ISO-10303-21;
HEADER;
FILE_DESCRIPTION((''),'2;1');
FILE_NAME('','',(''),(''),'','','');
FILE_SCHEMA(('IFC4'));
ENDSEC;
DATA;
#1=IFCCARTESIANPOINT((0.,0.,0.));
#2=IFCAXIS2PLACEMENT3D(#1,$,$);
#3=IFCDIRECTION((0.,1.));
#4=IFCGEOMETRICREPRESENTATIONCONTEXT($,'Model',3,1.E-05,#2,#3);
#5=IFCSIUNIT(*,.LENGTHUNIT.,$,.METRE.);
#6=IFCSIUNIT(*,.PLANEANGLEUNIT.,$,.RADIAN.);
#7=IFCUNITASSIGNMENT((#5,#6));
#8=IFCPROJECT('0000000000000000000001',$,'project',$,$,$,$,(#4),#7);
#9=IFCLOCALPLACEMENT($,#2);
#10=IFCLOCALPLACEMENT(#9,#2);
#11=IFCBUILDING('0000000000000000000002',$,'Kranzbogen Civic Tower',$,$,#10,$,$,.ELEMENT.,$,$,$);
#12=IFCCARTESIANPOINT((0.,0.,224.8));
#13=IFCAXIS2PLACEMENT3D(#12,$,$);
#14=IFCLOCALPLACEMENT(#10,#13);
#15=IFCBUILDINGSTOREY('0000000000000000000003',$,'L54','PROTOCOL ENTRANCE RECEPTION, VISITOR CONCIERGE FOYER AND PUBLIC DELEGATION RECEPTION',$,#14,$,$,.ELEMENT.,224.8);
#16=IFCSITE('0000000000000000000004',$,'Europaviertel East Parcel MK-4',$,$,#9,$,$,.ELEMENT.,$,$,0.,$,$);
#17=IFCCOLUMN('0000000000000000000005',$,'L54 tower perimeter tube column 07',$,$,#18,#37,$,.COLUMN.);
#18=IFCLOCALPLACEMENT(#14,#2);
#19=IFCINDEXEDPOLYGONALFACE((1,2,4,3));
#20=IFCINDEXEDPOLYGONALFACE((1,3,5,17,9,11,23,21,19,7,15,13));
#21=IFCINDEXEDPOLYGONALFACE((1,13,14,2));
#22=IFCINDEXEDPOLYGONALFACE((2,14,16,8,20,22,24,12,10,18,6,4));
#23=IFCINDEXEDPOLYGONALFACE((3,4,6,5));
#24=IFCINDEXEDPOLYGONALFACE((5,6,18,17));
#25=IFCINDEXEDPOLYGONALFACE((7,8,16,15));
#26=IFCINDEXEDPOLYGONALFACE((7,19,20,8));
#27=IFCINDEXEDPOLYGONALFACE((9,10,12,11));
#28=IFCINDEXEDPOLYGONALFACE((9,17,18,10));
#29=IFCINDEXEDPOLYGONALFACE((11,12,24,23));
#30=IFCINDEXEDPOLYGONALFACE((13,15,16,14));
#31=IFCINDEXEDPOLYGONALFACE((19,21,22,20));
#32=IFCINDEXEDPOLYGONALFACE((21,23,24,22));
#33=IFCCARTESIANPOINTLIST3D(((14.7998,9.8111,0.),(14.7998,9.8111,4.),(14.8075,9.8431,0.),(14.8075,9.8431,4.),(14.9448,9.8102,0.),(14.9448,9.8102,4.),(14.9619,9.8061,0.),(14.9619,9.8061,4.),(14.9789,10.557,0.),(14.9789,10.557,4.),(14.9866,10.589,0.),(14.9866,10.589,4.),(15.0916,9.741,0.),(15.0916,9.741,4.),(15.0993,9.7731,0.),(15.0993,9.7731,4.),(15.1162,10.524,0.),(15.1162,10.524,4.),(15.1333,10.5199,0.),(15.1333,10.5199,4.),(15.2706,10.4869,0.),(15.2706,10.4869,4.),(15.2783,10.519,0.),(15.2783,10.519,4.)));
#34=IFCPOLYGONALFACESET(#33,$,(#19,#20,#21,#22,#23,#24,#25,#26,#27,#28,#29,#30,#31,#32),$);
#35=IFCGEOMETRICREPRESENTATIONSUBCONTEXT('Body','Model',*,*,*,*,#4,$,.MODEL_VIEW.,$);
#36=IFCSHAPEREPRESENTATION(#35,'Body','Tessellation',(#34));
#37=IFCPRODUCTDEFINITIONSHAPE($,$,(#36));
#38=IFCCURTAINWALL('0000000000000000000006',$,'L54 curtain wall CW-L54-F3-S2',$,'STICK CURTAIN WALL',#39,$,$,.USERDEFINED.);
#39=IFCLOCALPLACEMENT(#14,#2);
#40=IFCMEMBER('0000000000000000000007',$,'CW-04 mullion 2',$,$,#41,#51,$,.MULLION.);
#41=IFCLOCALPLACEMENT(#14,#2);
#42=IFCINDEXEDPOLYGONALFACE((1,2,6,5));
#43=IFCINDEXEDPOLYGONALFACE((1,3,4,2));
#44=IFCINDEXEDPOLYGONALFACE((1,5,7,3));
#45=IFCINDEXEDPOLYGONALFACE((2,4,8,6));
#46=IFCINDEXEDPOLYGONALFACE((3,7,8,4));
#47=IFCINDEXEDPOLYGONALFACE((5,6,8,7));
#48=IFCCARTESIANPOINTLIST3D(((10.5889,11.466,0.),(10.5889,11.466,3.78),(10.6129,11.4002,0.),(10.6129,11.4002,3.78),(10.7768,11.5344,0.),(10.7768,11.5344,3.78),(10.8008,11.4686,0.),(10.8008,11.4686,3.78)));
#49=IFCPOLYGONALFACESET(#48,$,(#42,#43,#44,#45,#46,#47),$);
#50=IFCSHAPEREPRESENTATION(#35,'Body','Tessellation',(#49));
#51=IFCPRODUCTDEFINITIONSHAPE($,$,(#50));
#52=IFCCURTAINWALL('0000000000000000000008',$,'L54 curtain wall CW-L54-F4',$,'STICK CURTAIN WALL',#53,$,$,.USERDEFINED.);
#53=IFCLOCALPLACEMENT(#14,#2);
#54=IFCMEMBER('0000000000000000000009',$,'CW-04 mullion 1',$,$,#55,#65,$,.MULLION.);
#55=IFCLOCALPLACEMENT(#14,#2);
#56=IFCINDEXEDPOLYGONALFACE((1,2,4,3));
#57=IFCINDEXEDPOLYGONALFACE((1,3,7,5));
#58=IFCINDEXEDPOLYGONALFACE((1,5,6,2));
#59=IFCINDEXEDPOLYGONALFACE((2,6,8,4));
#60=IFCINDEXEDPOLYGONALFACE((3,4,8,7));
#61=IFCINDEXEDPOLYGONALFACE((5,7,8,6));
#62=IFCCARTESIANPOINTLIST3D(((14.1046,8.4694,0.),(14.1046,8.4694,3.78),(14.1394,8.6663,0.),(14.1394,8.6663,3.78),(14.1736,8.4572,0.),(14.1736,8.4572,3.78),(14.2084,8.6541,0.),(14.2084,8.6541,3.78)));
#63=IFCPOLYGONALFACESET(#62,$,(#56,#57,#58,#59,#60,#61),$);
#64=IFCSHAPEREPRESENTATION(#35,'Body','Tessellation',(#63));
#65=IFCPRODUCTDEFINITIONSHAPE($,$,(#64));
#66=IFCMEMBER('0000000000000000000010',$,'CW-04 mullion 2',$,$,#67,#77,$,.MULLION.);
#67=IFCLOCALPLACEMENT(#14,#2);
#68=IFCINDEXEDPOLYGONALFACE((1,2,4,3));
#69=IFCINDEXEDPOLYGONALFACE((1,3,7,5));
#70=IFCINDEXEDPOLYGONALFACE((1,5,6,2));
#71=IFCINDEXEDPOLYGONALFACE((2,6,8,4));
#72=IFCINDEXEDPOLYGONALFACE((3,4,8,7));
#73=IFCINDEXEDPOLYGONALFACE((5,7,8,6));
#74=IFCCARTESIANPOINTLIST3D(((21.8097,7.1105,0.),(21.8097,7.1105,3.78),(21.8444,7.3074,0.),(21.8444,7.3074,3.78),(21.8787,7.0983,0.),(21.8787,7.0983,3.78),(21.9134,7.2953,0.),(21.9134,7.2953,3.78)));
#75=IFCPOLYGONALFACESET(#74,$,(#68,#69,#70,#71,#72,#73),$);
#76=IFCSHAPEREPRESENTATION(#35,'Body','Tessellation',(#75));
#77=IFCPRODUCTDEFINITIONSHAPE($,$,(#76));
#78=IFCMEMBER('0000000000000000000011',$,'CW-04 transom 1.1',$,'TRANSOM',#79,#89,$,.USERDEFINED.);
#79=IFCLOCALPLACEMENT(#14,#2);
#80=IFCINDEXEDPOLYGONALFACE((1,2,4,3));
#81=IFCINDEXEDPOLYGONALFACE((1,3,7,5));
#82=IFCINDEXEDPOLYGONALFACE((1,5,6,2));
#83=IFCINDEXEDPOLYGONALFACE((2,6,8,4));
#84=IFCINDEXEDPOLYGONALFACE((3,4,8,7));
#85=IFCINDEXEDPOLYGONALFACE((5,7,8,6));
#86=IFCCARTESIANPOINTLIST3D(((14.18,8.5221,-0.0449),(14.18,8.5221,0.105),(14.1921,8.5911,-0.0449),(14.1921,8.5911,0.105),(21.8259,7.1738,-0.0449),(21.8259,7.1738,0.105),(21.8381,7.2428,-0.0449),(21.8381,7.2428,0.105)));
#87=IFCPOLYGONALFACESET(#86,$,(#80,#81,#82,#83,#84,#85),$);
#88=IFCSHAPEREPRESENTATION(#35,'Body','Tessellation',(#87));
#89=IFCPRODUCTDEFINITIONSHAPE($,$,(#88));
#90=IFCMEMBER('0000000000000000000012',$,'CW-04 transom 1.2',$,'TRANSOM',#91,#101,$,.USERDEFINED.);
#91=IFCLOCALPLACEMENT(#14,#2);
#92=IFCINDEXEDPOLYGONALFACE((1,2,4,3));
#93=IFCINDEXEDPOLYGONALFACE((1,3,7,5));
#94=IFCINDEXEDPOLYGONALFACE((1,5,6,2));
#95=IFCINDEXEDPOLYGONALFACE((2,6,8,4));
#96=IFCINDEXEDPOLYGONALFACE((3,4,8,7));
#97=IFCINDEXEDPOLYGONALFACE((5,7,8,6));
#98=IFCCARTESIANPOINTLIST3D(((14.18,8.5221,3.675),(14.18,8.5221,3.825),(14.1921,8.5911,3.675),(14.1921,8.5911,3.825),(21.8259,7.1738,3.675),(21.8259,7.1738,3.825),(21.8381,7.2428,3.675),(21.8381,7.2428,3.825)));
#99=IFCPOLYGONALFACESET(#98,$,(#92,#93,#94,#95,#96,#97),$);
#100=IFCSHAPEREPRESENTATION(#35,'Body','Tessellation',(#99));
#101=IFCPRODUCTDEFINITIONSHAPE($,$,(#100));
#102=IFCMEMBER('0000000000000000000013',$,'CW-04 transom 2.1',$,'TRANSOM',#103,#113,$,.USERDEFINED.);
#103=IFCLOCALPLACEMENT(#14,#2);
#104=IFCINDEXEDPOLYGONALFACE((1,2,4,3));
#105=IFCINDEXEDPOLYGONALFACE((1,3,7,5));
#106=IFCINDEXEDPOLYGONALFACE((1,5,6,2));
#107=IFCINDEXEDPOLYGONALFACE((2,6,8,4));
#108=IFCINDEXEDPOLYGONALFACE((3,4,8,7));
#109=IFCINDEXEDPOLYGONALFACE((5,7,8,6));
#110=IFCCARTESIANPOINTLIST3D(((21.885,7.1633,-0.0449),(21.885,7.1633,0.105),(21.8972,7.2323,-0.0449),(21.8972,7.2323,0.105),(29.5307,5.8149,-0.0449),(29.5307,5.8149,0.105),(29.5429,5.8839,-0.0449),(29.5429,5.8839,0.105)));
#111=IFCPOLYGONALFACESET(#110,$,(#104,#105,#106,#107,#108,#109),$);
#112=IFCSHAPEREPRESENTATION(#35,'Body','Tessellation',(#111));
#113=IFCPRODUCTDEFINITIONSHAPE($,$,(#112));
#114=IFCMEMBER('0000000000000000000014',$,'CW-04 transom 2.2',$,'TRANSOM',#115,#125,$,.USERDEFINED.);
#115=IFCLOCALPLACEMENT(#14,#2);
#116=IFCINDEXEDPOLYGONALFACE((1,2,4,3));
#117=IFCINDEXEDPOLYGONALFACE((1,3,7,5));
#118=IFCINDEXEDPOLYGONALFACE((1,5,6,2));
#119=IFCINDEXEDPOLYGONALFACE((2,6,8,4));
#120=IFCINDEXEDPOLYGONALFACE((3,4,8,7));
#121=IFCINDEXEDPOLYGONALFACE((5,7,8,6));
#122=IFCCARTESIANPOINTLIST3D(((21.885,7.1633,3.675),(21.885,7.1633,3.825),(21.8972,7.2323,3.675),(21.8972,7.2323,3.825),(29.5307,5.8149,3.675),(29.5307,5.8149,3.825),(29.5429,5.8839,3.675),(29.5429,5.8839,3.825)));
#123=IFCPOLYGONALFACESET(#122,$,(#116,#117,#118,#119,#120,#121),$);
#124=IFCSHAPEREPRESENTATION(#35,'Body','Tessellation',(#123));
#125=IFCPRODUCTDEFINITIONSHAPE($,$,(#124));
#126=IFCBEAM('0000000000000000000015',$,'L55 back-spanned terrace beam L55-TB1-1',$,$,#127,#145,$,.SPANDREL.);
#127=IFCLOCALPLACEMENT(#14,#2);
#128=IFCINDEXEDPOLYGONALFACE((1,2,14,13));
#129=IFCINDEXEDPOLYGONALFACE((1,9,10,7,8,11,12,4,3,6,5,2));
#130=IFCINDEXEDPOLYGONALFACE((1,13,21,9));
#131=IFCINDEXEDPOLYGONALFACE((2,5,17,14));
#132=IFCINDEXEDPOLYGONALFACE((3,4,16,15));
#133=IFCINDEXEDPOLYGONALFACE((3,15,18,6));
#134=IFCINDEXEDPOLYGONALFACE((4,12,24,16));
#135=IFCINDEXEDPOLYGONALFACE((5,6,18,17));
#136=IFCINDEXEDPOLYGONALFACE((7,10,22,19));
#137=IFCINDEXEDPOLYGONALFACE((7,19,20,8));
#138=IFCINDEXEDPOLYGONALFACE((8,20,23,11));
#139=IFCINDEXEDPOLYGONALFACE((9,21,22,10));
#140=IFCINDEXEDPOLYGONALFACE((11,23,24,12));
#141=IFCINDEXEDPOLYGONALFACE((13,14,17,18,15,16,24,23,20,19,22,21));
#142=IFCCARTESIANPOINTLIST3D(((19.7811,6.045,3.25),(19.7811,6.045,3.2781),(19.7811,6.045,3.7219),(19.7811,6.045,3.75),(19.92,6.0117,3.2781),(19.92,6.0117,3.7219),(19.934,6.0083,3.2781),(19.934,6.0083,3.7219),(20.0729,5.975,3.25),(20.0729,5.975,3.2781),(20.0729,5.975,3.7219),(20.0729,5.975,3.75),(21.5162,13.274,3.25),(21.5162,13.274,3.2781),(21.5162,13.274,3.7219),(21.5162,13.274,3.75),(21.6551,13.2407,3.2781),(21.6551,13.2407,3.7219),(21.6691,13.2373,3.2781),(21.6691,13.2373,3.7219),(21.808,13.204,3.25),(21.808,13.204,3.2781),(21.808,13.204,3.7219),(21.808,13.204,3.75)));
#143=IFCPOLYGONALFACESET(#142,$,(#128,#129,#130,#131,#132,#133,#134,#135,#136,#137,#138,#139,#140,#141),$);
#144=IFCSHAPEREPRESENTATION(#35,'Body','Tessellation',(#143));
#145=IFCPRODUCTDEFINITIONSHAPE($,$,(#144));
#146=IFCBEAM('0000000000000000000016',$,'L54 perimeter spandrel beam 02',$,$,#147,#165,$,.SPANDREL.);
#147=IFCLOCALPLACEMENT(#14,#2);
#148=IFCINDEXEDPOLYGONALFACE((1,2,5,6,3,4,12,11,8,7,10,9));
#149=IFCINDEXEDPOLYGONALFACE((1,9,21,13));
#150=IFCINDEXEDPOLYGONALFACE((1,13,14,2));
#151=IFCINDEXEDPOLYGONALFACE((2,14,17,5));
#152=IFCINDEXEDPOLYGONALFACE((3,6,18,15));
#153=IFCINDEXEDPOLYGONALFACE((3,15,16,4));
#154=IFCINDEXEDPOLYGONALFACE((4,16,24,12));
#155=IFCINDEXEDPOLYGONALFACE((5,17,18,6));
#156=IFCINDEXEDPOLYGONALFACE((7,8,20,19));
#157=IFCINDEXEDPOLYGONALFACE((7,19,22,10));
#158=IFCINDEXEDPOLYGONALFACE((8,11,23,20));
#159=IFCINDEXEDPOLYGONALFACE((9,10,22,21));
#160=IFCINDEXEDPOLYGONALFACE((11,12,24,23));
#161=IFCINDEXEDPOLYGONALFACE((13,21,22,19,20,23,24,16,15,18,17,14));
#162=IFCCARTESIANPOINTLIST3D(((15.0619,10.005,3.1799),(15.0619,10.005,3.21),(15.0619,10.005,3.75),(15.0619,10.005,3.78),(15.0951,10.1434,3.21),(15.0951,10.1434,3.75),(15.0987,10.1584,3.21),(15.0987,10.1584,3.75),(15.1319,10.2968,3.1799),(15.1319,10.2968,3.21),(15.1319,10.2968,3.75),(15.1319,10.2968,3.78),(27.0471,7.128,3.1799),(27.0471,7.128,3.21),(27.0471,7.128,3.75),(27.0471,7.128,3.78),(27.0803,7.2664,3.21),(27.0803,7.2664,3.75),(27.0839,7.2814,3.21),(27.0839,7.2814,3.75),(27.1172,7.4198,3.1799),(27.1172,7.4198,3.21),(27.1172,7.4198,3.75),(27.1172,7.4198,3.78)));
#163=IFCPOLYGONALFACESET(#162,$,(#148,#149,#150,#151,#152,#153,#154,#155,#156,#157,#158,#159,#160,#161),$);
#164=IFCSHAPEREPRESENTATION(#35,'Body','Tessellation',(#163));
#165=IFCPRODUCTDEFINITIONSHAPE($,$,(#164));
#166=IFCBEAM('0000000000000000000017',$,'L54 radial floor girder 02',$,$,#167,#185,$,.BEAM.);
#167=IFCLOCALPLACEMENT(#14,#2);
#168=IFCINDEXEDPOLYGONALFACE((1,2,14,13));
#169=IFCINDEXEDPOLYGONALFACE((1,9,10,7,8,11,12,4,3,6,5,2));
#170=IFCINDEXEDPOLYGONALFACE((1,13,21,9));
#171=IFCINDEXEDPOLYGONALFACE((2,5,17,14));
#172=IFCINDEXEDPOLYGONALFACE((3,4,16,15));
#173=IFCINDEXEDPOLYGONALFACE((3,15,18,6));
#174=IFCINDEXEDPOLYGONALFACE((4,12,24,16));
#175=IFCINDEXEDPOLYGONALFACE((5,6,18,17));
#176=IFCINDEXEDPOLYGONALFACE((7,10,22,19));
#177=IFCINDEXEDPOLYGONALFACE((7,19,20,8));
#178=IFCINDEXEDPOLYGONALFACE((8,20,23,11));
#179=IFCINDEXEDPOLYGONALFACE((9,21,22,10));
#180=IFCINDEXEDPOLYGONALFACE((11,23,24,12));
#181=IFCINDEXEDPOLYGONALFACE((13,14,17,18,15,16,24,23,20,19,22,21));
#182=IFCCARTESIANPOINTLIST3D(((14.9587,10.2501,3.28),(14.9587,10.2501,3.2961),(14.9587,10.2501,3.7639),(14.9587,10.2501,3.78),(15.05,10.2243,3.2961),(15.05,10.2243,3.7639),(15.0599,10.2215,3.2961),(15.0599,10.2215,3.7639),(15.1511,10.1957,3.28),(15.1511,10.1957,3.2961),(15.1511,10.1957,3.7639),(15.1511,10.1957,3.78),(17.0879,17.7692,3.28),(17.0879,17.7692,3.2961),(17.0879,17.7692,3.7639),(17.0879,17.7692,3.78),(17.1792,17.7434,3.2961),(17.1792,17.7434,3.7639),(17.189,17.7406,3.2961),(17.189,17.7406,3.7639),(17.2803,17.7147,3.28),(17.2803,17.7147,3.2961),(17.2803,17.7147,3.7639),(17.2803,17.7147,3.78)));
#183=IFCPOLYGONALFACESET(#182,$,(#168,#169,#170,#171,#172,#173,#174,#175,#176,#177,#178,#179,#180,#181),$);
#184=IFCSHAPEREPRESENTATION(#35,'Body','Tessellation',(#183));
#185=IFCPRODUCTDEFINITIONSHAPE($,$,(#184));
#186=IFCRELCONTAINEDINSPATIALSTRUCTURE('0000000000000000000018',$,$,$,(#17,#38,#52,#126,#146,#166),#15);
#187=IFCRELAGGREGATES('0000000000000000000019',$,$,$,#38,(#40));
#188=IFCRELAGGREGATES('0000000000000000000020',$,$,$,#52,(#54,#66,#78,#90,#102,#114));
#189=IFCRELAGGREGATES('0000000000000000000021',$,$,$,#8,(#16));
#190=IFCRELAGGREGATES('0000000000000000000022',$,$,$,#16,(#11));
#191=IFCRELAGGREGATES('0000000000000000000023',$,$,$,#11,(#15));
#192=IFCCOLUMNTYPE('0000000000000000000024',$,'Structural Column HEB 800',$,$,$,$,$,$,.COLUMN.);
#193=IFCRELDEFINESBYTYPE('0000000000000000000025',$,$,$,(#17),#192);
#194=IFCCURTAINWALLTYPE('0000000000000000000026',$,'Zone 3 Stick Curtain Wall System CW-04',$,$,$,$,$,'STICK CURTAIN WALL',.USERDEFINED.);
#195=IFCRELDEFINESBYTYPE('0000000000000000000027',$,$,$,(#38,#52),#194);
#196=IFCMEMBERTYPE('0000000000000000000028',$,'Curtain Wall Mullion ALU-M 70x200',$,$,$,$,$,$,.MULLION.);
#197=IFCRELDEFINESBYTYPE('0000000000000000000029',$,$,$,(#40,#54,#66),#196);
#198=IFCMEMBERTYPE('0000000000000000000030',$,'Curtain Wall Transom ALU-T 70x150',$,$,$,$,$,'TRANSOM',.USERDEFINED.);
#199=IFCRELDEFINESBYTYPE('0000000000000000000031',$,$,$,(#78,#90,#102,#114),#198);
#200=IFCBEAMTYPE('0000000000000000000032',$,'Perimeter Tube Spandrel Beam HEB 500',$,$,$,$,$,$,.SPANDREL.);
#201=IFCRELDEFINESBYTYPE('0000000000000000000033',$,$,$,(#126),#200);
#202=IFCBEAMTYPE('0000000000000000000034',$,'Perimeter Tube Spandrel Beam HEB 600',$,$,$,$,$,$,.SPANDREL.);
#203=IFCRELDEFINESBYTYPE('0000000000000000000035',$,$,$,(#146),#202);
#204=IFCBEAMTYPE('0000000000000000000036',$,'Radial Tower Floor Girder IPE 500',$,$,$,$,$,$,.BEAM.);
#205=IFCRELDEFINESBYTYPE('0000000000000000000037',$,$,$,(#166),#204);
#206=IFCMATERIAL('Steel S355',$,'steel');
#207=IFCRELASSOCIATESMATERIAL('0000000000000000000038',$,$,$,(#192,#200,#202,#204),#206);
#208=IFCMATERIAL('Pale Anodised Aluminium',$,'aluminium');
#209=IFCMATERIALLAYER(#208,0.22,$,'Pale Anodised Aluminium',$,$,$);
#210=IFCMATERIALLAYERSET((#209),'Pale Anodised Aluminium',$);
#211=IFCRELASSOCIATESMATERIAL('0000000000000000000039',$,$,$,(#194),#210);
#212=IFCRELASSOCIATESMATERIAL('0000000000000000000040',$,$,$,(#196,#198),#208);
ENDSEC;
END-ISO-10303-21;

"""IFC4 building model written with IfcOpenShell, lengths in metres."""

from ifc_helpers import new_model, si_unit, direction, frame, origin, origin_2d, place, context, subcontext, project, spatial, rectangle, i_section, extrude, material, layer, layer_set, material_profile, profile_set, type_object, element, aggregate, save


model = new_model("IFC4")

# Units and contexts
model_context = context("Model", 3, precision=1e-05, world=origin(), true_north=direction((0.0, 1.0)))
body_context = subcontext(model_context, "Body", "Model", "MODEL_VIEW")
ifc_project = project(units=[si_unit("LENGTHUNIT", "METRE"), si_unit("PLANEANGLEUNIT", "RADIAN")], contexts=[model_context])

# Site, building, storey
site_placement = place(None, origin())
site = spatial("IfcSite", under=ifc_project, at=site_placement, Name="Europaviertel East Parcel MK-4", CompositionType="ELEMENT", RefElevation=0.0)
building_placement = place(site_placement, origin())
building = spatial("IfcBuilding", under=site, at=building_placement, Name="Kranzbogen Civic Tower", CompositionType="ELEMENT")
storey_placement = place(building_placement, frame((0.0, 0.0, 224.8)))
storey = spatial("IfcBuildingStorey", under=building, at=storey_placement, Name="L54", Description="PROTOCOL ENTRANCE RECEPTION, VISITOR CONCIERGE FOYER AND PUBLIC DELEGATION RECEPTION", CompositionType="ELEMENT", Elevation=224.8)

# Column
ifc_material_1 = material(Name="Steel S355", Category="steel")
ifc_material_profile_1 = material_profile(ifc_material_1, i_section(OverallWidth=0.3, OverallDepth=0.8, WebThickness=0.0176, FlangeThickness=0.033, at=origin_2d()), Name="HEB 800")
ifc_profile_set_1 = profile_set([ifc_material_profile_1], Name="Steel S355")
column_type = type_object("IfcColumnType", Name="Structural Column HEB 800", PredefinedType="COLUMN", material=ifc_profile_set_1)
column_placement = place(storey_placement, frame((15.0391, 10.165, 0.0), z_axis=(0.0, 0.0, 1.0), x_axis=(-0.97237, 0.233445, 0.0)))
element("IfcColumn", 1, at=column_placement, inside=storey, type_object=column_type, Name="L54 tower perimeter tube column 07", PredefinedType="COLUMN", context=body_context, shape_type="SweptSolid", body=[
    extrude(i_section(OverallWidth=0.3, OverallDepth=0.8, WebThickness=0.0176, FlangeThickness=0.033, at=origin_2d()), origin(), (0.0, 0.0, 1.0), 4.0),
])

# Curtain wall, member
ifc_material_2 = material(Name="Pale Anodised Aluminium", Category="aluminium")
ifc_layer_1 = layer(ifc_material_2, 0.22, Name="Pale Anodised Aluminium")
ifc_layer_set_1 = layer_set([ifc_layer_1], Name="Pale Anodised Aluminium")
curtain_wall_type = type_object("IfcCurtainWallType", Name="Zone 3 Stick Curtain Wall System CW-04", ElementType="STICK CURTAIN WALL", PredefinedType="USERDEFINED", material=ifc_layer_set_1)
curtain_wall_1_placement = place(storey_placement, origin())
curtain_wall_1 = element("IfcCurtainWall", 2, at=curtain_wall_1_placement, inside=storey, type_object=curtain_wall_type, Name="L54 curtain wall CW-L54-F3-S2", ObjectType="STICK CURTAIN WALL", PredefinedType="USERDEFINED")
ifc_material_profile_2 = material_profile(ifc_material_2, rectangle(XDim=0.0701, YDim=0.2, at=origin_2d()), Name="ALU-M 70x200")
ifc_profile_set_2 = profile_set([ifc_material_profile_2], Name="Pale Anodised Aluminium")
member_type_1 = type_object("IfcMemberType", Name="Curtain Wall Mullion ALU-M 70x200", PredefinedType="MULLION", material=ifc_profile_set_2)
member_1_placement = place(storey_placement, frame((10.6948, 11.4673, 0.0), z_axis=(0.0, 0.0, 1.0), x_axis=(0.342081, -0.93967, 0.0)))
member_1 = element("IfcMember", 3, at=member_1_placement, type_object=member_type_1, Name="CW-04 mullion 2", PredefinedType="MULLION", context=body_context, shape_type="SweptSolid", body=[
    extrude(rectangle(XDim=0.0701, YDim=0.2, at=origin_2d()), origin(), (0.0, 0.0, 1.0), 3.78),
])
aggregate(curtain_wall_1, [member_1])

# Curtain wall, members
curtain_wall_2_placement = place(storey_placement, origin())
curtain_wall_2 = element("IfcCurtainWall", 4, at=curtain_wall_2_placement, inside=storey, type_object=curtain_wall_type, Name="L54 curtain wall CW-L54-F4", ObjectType="STICK CURTAIN WALL", PredefinedType="USERDEFINED")
member_2_placement = place(storey_placement, frame((14.1565, 8.5618, 0.0), z_axis=(0.0, 0.0, 1.0), x_axis=(0.984803, -0.173673, 0.0)))
member_2 = element("IfcMember", 5, at=member_2_placement, type_object=member_type_1, Name="CW-04 mullion 1", PredefinedType="MULLION", context=body_context, shape_type="SweptSolid", body=[
    extrude(rectangle(XDim=0.0701, YDim=0.2, at=origin_2d()), origin(), (0.0, 0.0, 1.0), 3.78),
])
member_3_placement = place(storey_placement, frame((21.8616, 7.2029, 0.0), z_axis=(0.0, 0.0, 1.0), x_axis=(0.984803, -0.173673, 0.0)))
member_3 = element("IfcMember", 6, at=member_3_placement, type_object=member_type_1, Name="CW-04 mullion 2", PredefinedType="MULLION", context=body_context, shape_type="SweptSolid", body=[
    extrude(rectangle(XDim=0.0701, YDim=0.2, at=origin_2d()), origin(), (0.0, 0.0, 1.0), 3.78),
])
ifc_material_profile_3 = material_profile(ifc_material_2, rectangle(XDim=0.0701, YDim=0.1499, at=origin_2d()), Name="ALU-T 70x150")
ifc_profile_set_3 = profile_set([ifc_material_profile_3], Name="Pale Anodised Aluminium")
member_type_2 = type_object("IfcMemberType", Name="Curtain Wall Transom ALU-T 70x150", ElementType="TRANSOM", PredefinedType="USERDEFINED", material=ifc_profile_set_3)
member_4_placement = place(storey_placement, frame((14.186, 8.5566, 0.03), z_axis=(0.984803, -0.173672, 0.0), x_axis=(0.173672, 0.984803, 0.0)))
member_4 = element("IfcMember", 7, at=member_4_placement, type_object=member_type_2, Name="CW-04 transom 1.1", ObjectType="TRANSOM", PredefinedType="USERDEFINED", context=body_context, shape_type="SweptSolid", body=[
    extrude(rectangle(XDim=0.0701, YDim=0.1499, at=origin_2d()), origin(), (0.0, 0.0, 1.0), 7.7639),
])
member_5_placement = place(storey_placement, frame((14.186, 8.5566, 3.75), z_axis=(0.984803, -0.173672, 0.0), x_axis=(0.173672, 0.984803, 0.0)))
member_5 = element("IfcMember", 8, at=member_5_placement, type_object=member_type_2, Name="CW-04 transom 1.2", ObjectType="TRANSOM", PredefinedType="USERDEFINED", context=body_context, shape_type="SweptSolid", body=[
    extrude(rectangle(XDim=0.0701, YDim=0.1499, at=origin_2d()), origin(), (0.0, 0.0, 1.0), 7.7639),
])
member_6_placement = place(storey_placement, frame((21.8911, 7.1978, 0.03), z_axis=(0.984803, -0.173678, 0.0), x_axis=(0.173678, 0.984803, 0.0)))
member_6 = element("IfcMember", 9, at=member_6_placement, type_object=member_type_2, Name="CW-04 transom 2.1", ObjectType="TRANSOM", PredefinedType="USERDEFINED", context=body_context, shape_type="SweptSolid", body=[
    extrude(rectangle(XDim=0.0701, YDim=0.1499, at=origin_2d()), origin(), (0.0, 0.0, 1.0), 7.7637),
])
member_7_placement = place(storey_placement, frame((21.8911, 7.1978, 3.75), z_axis=(0.984803, -0.173678, 0.0), x_axis=(0.173678, 0.984803, 0.0)))
member_7 = element("IfcMember", 10, at=member_7_placement, type_object=member_type_2, Name="CW-04 transom 2.2", ObjectType="TRANSOM", PredefinedType="USERDEFINED", context=body_context, shape_type="SweptSolid", body=[
    extrude(rectangle(XDim=0.0701, YDim=0.1499, at=origin_2d()), origin(), (0.0, 0.0, 1.0), 7.7637),
])

# Beams
ifc_material_profile_4 = material_profile(ifc_material_1, i_section(OverallWidth=0.3, OverallDepth=0.5, WebThickness=0.0144, FlangeThickness=0.0281, at=origin_2d()), Name="HEB 500")
ifc_profile_set_4 = profile_set([ifc_material_profile_4], Name="Steel S355")
beam_type_1 = type_object("IfcBeamType", Name="Perimeter Tube Spandrel Beam HEB 500", PredefinedType="SPANDREL", material=ifc_profile_set_4)
beam_1_placement = place(storey_placement, frame((21.6621, 13.239, 3.5), z_axis=(-0.233392, -0.972383, 0.0), x_axis=(0.972383, -0.233392, 0.0)))
element("IfcBeam", 11, at=beam_1_placement, inside=storey, type_object=beam_type_1, Name="L55 back-spanned terrace beam L55-TB1-1", PredefinedType="SPANDREL", context=body_context, shape_type="SweptSolid", body=[
    extrude(i_section(OverallWidth=0.3, OverallDepth=0.5, WebThickness=0.0144, FlangeThickness=0.0281, at=origin_2d()), origin(), (0.0, 0.0, 1.0), 7.4343),
])
ifc_material_profile_5 = material_profile(ifc_material_1, i_section(OverallWidth=0.3, OverallDepth=0.6001, WebThickness=0.0154, FlangeThickness=0.03, at=origin_2d()), Name="HEB 600")
ifc_profile_set_5 = profile_set([ifc_material_profile_5], Name="Steel S355")
beam_type_2 = type_object("IfcBeamType", Name="Perimeter Tube Spandrel Beam HEB 600", PredefinedType="SPANDREL", material=ifc_profile_set_5)
beam_2_placement = place(storey_placement, frame((15.0969, 10.1509, 3.48), z_axis=(0.972378, -0.233413, 0.0), x_axis=(0.233413, 0.972378, 0.0)))
element("IfcBeam", 12, at=beam_2_placement, inside=storey, type_object=beam_type_2, Name="L54 perimeter spandrel beam 02", PredefinedType="SPANDREL", context=body_context, shape_type="SweptSolid", body=[
    extrude(i_section(OverallWidth=0.3, OverallDepth=0.6001, WebThickness=0.0154, FlangeThickness=0.03, at=origin_2d()), origin(), (0.0, 0.0, 1.0), 12.3257),
])
ifc_material_profile_6 = material_profile(ifc_material_1, i_section(OverallWidth=0.2, OverallDepth=0.5, WebThickness=0.0103, FlangeThickness=0.0161, at=origin_2d()), Name="IPE 500")
ifc_profile_set_6 = profile_set([ifc_material_profile_6], Name="Steel S355")
beam_type_3 = type_object("IfcBeamType", Name="Radial Tower Floor Girder IPE 500", PredefinedType="BEAM", material=ifc_profile_set_6)
beam_3_placement = place(storey_placement, frame((15.0549, 10.2229, 3.53), z_axis=(0.272455, 0.962169, 0.0), x_axis=(-0.962169, 0.272455, 0.0)))
element("IfcBeam", 13, at=beam_3_placement, inside=storey, type_object=beam_type_3, Name="L54 radial floor girder 02", PredefinedType="BEAM", context=body_context, shape_type="SweptSolid", body=[
    extrude(i_section(OverallWidth=0.2, OverallDepth=0.5, WebThickness=0.0103, FlangeThickness=0.0161, at=origin_2d()), origin(), (0.0, 0.0, 1.0), 7.8147),
])

aggregate(curtain_wall_2, [member_2, member_3, member_4, member_5, member_6, member_7])

save(model, "model.ifc")
